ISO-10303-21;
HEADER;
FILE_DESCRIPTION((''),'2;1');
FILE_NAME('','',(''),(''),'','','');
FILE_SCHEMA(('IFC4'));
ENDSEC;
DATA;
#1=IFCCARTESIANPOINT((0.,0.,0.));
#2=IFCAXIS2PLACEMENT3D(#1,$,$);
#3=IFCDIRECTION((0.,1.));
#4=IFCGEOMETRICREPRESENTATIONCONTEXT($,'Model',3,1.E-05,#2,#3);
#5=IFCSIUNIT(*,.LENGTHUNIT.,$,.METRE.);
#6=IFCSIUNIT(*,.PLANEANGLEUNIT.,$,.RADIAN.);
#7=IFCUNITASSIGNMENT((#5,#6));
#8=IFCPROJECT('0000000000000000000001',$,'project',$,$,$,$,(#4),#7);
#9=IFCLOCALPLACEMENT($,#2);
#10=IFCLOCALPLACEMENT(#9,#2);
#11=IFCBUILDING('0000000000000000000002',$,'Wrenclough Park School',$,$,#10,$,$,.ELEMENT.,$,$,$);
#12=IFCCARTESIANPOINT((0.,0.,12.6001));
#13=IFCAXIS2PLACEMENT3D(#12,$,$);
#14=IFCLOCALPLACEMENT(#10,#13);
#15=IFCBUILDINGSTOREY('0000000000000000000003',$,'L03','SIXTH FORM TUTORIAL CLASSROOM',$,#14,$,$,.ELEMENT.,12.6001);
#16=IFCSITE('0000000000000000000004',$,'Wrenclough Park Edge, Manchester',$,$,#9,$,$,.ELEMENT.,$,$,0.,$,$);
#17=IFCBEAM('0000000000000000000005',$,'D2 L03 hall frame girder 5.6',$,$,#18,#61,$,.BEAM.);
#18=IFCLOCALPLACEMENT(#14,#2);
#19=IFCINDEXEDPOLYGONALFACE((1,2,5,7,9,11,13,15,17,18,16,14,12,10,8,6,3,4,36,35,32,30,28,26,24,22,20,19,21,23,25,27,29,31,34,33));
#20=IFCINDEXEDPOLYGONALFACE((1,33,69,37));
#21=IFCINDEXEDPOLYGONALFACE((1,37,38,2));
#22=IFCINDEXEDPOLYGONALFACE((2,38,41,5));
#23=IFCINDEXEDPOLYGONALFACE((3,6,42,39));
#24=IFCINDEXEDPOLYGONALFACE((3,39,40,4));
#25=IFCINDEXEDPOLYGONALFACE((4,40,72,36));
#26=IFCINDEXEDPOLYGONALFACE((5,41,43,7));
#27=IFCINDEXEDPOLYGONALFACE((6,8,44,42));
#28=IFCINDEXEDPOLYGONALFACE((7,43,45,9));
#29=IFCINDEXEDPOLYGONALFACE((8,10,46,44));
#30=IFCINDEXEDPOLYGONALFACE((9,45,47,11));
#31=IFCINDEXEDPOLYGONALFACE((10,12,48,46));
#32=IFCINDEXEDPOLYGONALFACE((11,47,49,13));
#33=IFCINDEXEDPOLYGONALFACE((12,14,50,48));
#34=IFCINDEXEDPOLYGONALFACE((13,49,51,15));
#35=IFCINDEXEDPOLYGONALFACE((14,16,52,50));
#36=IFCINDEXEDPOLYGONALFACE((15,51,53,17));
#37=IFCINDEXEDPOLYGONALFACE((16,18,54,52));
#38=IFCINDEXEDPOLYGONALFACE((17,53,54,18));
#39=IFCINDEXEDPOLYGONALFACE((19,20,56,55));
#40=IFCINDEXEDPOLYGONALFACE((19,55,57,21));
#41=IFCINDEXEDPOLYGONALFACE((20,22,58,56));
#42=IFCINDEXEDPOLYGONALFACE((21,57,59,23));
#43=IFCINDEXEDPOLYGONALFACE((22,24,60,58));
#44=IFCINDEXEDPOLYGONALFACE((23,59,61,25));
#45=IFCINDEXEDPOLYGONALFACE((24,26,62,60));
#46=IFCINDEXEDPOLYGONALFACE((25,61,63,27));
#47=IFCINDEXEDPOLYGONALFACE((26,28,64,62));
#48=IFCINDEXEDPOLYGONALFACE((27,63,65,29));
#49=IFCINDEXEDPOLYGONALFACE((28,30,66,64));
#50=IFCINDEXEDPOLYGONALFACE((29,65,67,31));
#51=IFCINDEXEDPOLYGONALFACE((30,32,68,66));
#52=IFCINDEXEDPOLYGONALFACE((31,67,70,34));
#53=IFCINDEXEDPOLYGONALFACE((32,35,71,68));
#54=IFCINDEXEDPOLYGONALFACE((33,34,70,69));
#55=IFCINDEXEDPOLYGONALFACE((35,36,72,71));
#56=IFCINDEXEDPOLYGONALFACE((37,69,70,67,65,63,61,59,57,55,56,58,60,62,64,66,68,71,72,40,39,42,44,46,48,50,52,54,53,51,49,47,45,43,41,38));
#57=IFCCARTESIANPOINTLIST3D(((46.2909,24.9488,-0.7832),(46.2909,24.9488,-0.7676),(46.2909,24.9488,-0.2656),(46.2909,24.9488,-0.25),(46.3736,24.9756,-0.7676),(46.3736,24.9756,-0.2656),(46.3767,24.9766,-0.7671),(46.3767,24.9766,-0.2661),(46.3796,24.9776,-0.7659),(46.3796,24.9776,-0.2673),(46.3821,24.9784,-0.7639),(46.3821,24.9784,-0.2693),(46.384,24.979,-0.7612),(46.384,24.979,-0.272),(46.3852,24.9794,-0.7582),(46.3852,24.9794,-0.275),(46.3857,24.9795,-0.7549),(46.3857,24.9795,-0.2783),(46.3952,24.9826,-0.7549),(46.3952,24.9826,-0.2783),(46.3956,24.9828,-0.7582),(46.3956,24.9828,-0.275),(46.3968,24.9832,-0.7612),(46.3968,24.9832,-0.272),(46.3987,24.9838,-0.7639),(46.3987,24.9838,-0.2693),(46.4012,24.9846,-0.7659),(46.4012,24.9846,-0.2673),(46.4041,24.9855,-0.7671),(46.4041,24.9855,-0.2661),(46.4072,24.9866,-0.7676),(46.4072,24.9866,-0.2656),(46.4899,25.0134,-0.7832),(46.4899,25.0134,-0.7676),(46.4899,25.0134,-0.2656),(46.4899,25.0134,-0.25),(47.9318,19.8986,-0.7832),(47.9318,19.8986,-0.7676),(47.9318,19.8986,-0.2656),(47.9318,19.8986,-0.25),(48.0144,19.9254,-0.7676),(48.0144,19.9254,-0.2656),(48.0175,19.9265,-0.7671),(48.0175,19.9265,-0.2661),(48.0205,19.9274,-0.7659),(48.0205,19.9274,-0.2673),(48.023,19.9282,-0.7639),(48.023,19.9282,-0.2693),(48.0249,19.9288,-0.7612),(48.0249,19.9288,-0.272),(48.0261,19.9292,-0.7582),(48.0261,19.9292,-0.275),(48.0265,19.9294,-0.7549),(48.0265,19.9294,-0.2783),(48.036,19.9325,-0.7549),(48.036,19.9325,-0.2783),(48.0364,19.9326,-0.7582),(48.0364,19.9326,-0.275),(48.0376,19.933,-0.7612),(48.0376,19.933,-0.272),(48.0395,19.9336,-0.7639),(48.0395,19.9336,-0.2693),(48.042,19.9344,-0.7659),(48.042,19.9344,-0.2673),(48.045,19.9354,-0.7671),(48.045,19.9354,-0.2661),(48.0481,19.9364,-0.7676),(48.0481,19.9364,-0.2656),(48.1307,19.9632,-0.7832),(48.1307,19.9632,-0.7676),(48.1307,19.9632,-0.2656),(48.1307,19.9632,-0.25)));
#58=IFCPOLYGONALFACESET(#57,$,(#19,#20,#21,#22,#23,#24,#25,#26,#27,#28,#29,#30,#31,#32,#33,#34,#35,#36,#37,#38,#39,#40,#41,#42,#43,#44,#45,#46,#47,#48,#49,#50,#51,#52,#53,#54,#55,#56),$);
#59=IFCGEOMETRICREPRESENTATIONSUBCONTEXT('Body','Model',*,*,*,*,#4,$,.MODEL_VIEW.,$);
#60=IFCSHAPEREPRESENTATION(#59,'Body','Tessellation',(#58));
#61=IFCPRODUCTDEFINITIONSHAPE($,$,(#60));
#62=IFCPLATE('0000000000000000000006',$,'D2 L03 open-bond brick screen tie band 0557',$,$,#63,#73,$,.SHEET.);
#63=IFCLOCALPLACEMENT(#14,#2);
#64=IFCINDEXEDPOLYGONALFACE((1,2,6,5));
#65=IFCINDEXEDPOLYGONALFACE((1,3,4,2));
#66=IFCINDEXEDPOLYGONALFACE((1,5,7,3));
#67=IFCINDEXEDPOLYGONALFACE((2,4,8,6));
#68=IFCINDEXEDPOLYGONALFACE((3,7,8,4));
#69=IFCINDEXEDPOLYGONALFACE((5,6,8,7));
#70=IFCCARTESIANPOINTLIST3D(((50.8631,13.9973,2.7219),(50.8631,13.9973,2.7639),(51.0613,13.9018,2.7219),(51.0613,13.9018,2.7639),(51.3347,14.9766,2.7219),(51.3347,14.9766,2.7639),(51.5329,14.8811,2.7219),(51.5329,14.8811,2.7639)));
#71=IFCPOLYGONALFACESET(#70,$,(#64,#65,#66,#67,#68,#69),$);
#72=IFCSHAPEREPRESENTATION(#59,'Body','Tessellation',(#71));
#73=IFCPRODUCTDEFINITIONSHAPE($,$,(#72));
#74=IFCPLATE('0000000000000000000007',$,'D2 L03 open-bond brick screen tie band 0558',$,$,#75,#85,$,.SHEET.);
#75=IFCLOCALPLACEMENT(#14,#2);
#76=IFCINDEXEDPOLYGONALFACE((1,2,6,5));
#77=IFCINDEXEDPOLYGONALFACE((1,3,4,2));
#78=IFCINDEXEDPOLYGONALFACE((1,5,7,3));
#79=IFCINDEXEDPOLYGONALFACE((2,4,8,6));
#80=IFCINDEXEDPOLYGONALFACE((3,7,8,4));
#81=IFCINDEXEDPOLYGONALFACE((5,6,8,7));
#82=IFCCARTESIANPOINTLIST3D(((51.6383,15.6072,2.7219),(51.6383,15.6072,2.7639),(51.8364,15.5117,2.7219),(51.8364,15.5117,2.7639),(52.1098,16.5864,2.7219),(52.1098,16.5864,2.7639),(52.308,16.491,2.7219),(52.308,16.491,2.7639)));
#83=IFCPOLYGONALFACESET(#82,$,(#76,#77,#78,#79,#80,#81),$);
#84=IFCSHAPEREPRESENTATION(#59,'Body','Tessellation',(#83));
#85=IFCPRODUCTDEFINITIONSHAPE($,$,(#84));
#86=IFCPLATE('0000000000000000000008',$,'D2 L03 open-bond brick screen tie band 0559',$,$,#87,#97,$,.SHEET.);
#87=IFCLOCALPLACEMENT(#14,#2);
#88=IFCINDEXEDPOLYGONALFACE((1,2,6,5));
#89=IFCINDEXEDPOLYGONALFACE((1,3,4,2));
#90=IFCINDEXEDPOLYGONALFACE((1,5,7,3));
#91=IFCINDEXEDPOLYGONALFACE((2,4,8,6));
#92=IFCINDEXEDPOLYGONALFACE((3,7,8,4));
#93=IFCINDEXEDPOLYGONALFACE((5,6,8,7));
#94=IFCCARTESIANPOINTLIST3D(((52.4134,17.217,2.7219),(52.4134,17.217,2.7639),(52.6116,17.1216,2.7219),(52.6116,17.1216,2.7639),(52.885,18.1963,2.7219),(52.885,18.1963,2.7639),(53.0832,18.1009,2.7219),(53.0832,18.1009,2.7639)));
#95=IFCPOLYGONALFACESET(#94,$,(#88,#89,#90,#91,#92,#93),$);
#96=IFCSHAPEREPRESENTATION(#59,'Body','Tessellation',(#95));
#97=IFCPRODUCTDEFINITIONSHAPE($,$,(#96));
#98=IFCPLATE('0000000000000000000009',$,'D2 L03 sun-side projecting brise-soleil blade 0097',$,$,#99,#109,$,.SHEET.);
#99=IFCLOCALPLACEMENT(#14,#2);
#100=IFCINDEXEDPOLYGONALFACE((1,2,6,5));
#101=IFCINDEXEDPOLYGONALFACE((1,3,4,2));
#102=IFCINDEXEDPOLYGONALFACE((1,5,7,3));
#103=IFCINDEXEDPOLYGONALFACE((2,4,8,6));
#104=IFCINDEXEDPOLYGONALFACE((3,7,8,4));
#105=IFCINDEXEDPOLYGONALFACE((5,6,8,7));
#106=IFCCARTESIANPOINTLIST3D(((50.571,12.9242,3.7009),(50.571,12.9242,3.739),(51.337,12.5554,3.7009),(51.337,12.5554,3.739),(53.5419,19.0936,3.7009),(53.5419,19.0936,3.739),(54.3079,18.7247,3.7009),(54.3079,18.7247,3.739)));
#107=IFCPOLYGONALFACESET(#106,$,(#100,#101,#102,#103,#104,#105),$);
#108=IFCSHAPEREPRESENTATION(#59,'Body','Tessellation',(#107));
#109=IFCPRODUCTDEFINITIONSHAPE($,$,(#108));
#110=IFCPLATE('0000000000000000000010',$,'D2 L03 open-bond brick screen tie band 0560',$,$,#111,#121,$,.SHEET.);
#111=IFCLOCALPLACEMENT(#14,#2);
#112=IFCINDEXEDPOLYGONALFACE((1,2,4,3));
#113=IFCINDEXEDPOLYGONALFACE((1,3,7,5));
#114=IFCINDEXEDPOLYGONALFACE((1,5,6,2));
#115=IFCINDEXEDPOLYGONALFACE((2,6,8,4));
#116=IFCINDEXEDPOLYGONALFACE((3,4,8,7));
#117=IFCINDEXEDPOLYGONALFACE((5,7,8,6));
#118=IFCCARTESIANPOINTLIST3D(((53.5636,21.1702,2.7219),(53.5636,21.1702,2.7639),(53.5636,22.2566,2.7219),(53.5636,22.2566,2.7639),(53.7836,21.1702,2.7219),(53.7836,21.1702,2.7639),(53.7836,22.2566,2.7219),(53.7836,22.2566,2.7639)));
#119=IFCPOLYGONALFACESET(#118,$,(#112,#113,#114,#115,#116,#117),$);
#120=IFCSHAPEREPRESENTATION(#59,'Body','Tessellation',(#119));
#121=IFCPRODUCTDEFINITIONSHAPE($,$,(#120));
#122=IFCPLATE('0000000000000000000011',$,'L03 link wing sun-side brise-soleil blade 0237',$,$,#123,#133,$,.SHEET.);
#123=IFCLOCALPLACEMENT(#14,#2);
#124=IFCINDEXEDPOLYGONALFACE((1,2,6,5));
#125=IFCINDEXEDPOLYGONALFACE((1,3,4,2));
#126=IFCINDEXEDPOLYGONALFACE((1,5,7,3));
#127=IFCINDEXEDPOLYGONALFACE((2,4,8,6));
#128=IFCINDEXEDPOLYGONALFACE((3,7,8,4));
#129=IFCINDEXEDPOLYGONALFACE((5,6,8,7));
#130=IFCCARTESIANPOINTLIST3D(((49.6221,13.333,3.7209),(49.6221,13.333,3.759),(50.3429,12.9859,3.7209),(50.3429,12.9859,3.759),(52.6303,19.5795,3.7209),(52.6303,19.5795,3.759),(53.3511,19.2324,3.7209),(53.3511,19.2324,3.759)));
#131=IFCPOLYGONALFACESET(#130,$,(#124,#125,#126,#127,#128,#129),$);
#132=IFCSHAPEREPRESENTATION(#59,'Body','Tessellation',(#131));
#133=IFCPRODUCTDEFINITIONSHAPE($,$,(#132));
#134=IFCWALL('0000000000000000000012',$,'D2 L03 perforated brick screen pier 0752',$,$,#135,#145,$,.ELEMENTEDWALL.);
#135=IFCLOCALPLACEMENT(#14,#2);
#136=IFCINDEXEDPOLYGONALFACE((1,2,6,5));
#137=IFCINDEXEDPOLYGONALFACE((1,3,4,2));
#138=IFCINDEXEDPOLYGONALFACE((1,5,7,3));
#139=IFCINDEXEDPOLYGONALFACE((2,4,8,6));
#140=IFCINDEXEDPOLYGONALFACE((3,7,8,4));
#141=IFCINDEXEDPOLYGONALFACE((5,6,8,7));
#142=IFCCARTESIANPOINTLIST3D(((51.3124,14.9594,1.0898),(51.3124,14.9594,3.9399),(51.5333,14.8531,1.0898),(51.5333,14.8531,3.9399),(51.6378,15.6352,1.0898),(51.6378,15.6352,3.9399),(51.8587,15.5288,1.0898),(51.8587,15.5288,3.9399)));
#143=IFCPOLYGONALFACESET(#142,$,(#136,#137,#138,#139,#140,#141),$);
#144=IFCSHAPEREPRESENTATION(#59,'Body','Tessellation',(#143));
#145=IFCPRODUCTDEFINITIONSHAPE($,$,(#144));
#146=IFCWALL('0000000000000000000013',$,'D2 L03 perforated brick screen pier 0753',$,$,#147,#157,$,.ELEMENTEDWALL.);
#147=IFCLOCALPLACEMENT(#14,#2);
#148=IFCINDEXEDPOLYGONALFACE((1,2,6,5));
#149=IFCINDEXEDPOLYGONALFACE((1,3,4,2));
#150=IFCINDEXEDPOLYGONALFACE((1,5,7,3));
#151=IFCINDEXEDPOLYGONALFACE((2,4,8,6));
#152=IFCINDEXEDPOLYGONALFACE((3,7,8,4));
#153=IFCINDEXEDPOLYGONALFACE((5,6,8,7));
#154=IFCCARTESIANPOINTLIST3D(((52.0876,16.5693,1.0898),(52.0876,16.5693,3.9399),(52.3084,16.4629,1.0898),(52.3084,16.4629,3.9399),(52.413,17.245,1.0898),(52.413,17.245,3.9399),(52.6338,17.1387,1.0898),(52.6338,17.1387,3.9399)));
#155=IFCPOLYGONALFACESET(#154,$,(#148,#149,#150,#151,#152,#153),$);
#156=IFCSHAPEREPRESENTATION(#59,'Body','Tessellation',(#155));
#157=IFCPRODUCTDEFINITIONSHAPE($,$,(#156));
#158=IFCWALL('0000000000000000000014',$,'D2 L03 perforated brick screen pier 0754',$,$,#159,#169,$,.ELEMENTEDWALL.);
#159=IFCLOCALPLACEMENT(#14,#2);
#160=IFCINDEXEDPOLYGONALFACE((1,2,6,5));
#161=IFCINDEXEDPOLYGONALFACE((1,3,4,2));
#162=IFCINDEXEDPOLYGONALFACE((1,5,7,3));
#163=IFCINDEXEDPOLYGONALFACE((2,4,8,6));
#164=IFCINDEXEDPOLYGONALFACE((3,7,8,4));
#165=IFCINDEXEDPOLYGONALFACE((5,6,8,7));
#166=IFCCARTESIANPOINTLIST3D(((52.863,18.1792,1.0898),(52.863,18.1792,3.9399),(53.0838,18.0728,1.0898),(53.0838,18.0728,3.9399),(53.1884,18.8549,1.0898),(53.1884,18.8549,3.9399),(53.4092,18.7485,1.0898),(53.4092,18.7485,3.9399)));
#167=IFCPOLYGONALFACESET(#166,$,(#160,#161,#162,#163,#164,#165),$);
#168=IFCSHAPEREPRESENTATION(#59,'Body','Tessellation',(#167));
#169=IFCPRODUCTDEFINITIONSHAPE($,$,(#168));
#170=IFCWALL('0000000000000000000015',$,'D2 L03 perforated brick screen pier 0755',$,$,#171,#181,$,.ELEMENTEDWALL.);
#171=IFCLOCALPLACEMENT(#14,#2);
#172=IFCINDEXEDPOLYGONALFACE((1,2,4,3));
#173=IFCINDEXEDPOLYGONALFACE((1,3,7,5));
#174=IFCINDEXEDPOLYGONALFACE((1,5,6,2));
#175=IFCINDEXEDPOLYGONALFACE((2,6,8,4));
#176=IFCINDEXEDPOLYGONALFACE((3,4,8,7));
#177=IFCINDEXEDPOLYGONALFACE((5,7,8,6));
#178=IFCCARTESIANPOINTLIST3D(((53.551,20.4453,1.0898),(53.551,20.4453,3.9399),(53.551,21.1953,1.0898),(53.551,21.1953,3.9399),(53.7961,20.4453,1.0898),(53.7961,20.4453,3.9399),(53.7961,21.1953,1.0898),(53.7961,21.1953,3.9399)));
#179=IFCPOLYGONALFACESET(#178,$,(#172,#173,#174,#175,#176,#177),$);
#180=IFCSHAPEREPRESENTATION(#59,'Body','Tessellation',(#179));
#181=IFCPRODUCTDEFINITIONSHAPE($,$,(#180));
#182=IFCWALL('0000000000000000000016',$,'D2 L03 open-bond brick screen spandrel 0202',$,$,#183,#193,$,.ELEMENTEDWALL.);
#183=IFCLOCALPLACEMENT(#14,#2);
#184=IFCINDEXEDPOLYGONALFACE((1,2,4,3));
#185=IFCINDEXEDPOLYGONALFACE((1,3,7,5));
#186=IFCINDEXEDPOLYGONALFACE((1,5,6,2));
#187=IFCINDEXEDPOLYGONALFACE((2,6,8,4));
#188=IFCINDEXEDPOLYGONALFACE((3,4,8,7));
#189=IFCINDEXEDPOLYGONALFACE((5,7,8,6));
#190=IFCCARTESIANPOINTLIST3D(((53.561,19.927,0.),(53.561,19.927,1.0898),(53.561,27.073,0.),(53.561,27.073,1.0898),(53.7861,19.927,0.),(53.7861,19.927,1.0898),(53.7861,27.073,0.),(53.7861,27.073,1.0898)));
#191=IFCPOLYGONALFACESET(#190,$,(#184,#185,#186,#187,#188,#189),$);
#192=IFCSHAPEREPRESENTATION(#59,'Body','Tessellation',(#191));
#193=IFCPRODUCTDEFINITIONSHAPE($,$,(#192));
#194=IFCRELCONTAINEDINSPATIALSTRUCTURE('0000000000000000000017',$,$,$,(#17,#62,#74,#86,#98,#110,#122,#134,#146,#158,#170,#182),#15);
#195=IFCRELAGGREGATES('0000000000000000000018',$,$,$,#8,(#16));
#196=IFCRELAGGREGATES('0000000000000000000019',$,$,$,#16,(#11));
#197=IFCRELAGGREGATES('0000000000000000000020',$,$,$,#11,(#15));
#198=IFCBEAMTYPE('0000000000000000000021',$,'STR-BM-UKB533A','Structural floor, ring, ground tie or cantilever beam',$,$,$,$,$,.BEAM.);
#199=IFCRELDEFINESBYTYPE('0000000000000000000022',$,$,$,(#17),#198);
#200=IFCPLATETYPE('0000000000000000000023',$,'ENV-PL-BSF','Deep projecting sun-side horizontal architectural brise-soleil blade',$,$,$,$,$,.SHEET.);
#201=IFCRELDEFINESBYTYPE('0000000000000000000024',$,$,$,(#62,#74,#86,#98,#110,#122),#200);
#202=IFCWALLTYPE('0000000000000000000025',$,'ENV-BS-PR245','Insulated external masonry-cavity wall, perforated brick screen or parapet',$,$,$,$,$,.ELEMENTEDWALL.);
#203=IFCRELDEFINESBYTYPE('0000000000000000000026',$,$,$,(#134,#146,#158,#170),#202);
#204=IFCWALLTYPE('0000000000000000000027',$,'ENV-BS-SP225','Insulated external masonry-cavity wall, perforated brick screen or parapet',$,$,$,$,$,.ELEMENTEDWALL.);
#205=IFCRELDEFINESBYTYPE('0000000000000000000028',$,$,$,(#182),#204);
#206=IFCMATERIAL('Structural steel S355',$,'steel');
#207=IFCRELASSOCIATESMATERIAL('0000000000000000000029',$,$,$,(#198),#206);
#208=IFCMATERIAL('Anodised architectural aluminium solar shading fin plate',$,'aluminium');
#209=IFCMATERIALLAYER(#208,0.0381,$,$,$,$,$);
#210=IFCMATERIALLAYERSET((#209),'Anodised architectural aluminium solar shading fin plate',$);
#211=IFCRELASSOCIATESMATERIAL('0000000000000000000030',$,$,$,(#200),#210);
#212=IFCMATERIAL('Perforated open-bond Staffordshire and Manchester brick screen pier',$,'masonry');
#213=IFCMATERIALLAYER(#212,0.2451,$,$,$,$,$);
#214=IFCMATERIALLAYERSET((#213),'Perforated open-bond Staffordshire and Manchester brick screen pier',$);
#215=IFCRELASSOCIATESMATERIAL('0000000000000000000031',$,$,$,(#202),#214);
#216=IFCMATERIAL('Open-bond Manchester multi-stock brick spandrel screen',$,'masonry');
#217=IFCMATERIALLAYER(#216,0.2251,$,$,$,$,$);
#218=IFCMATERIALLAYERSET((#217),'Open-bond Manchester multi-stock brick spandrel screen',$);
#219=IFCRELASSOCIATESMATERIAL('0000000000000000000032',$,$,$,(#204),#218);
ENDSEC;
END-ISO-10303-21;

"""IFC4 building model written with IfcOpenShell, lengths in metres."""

from ifc_helpers import new_model, si_unit, direction, frame, frame_2d, origin, origin_2d, place, context, subcontext, project, spatial, rectangle, i_section, extrude, material, layer, layer_set, material_profile, profile_set, type_object, element, save


model = new_model("IFC4")

# Units and contexts
model_context = context("Model", 3, precision=1e-05, world=origin(), true_north=direction((0.0, 1.0)))
body_context = subcontext(model_context, "Body", "Model", "MODEL_VIEW")
ifc_project = project(units=[si_unit("LENGTHUNIT", "METRE"), si_unit("PLANEANGLEUNIT", "RADIAN")], contexts=[model_context])

# Site, building, storey
site_placement = place(None, origin())
site = spatial("IfcSite", under=ifc_project, at=site_placement, Name="Wrenclough Park Edge, Manchester", CompositionType="ELEMENT", RefElevation=0.0)
building_placement = place(site_placement, origin())
building = spatial("IfcBuilding", under=site, at=building_placement, Name="Wrenclough Park School", CompositionType="ELEMENT")
storey_placement = place(building_placement, frame((0.0, 0.0, 12.6001)))
storey = spatial("IfcBuildingStorey", under=building, at=storey_placement, Name="L03", Description="SIXTH FORM TUTORIAL CLASSROOM", CompositionType="ELEMENT", Elevation=12.6001)

# Shared definitions
ifc_material_1 = material(Name="Structural steel S355", Category="steel")

# Beam
ifc_material_profile_1 = material_profile(ifc_material_1, i_section(OverallWidth=0.2092, OverallDepth=0.5332, WebThickness=0.01, FlangeThickness=0.0156, FilletRadius=0.0127, at=origin_2d()), Name="UKB 533x210x92")
ifc_profile_set_1 = profile_set([ifc_material_profile_1], Name="Structural steel S355")
beam_type_1 = type_object("IfcBeamType", Name="STR-BM-UKB533A", Description="Structural floor, ring, ground tie or cantilever beam", PredefinedType="BEAM", material=ifc_profile_set_1)
beam_1_placement = place(storey_placement, frame((48.0312, 19.9309, -0.5166), z_axis=(-0.309005, 0.95106, 0.0), x_axis=(-0.95106, -0.309005, 0.0)))
element("IfcBeam", 1, at=beam_1_placement, inside=storey, type_object=beam_type_1, Name="D2 L03 hall frame girder 5.6", PredefinedType="BEAM", context=body_context, shape_type="SweptSolid", body=[
    extrude(i_section(OverallWidth=0.2092, OverallDepth=0.5332, WebThickness=0.01, FlangeThickness=0.0156, FilletRadius=0.0127, at=origin_2d()), origin(), (0.0, 0.0, 1.0), 5.3101),
])

# Plates
ifc_material_2 = material(Name="Anodised architectural aluminium solar shading fin plate", Category="aluminium")
ifc_layer_1 = layer(ifc_material_2, 0.0381)
ifc_layer_set_1 = layer_set([ifc_layer_1], Name="Anodised architectural aluminium solar shading fin plate")
plate_type = type_object("IfcPlateType", Name="ENV-PL-BSF", Description="Deep projecting sun-side horizontal architectural brise-soleil blade", PredefinedType="SHEET", material=ifc_layer_set_1)
for number, where, z_axis, x_axis, name in (
    (2, (51.198, 14.4392, 2.7219), (0.0, 0.0, 1.0), (0.433872, 0.900974, 0.0), "D2 L03 open-bond brick screen tie band 0557"),
    (3, (51.9731, 16.0491, 2.7219), (0.0, 0.0, 1.0), (0.433872, 0.900974, 0.0), "D2 L03 open-bond brick screen tie band 0558"),
    (4, (52.7483, 17.6589, 2.7219), (0.0, 0.0, 1.0), (0.433872, 0.900974, 0.0), "D2 L03 open-bond brick screen tie band 0559"),
):
    element("IfcPlate", number, at=place(storey_placement, frame(where, z_axis=z_axis, x_axis=x_axis)), inside=storey, type_object=plate_type, Name=name, PredefinedType="SHEET", context=body_context, shape_type="SweptSolid", body=[
        extrude(rectangle(XDim=1.0869, YDim=0.22, at=origin_2d()), origin(), (0.0, 0.0, 1.0), 0.042),
    ])
plate_1_placement = place(storey_placement, frame((52.4395, 15.8245, 3.7009), z_axis=(0.0, 0.0, 1.0), x_axis=(0.433872, 0.900974, 0.0)))
element("IfcPlate", 5, at=plate_1_placement, inside=storey, type_object=plate_type, Name="D2 L03 sun-side projecting brise-soleil blade 0097", PredefinedType="SHEET", context=body_context, shape_type="SweptSolid", body=[
    extrude(rectangle(XDim=6.8474, YDim=0.8501, at=origin_2d()), origin(), (0.0, 0.0, 1.0), 0.0381),
])
plate_2_placement = place(storey_placement, frame((53.6736, 21.7134, 2.7219), z_axis=(0.0, 0.0, 1.0), x_axis=(0.0, 1.0, 0.0)))
element("IfcPlate", 6, at=plate_2_placement, inside=storey, type_object=plate_type, Name="D2 L03 open-bond brick screen tie band 0560", PredefinedType="SHEET", context=body_context, shape_type="SweptSolid", body=[
    extrude(rectangle(XDim=1.0864, YDim=0.22, at=origin_2d()), origin(), (0.0, 0.0, 1.0), 0.042),
])
plate_3_placement = place(storey_placement, frame((51.4866, 16.2827, 3.7209), z_axis=(0.0, 0.0, 1.0), x_axis=(-0.433887, -0.900967, 0.0)))
element("IfcPlate", 7, at=plate_3_placement, inside=storey, type_object=plate_type, Name="L03 link wing sun-side brise-soleil blade 0237", PredefinedType="SHEET", context=body_context, shape_type="SweptSolid", body=[
    extrude(rectangle(XDim=6.9331, YDim=0.8, at=origin_2d()), origin(), (0.0, 0.0, 1.0), 0.0381),
])

# Walls
ifc_material_3 = material(Name="Perforated open-bond Staffordshire and Manchester brick screen pier", Category="masonry")
ifc_layer_2 = layer(ifc_material_3, 0.2451)
ifc_layer_set_2 = layer_set([ifc_layer_2], Name="Perforated open-bond Staffordshire and Manchester brick screen pier")
wall_type_1 = type_object("IfcWallType", Name="ENV-BS-PR245", Description="Insulated external masonry-cavity wall, perforated brick screen or parapet", PredefinedType="ELEMENTEDWALL", material=ifc_layer_set_2)
for number, where, z_axis, x_axis, name in (
    (8, (51.4229, 14.9062, 1.0898), (0.0, 0.0, 1.0), (0.433884, 0.900969, 0.0), "D2 L03 perforated brick screen pier 0752"),
    (9, (52.198, 16.5161, 1.0898), (0.0, 0.0, 1.0), (0.433884, 0.900969, 0.0), "D2 L03 perforated brick screen pier 0753"),
    (10, (52.9734, 18.126, 1.0898), (0.0, 0.0, 1.0), (0.433884, 0.900969, 0.0), "D2 L03 perforated brick screen pier 0754"),
    (11, (53.6736, 20.4453, 1.0898), (0.0, 0.0, 1.0), (0.0, 1.0, 0.0), "D2 L03 perforated brick screen pier 0755"),
):
    element("IfcWall", number, at=place(storey_placement, frame(where, z_axis=z_axis, x_axis=x_axis)), inside=storey, type_object=wall_type_1, Name=name, PredefinedType="ELEMENTEDWALL", context=body_context, shape_type="SweptSolid", body=[
        extrude(rectangle(XDim=0.75, YDim=0.2451, at=frame_2d((0.375, 0.0))), origin(), (0.0, 0.0, 1.0), 2.8501),
    ])
ifc_material_4 = material(Name="Open-bond Manchester multi-stock brick spandrel screen", Category="masonry")
ifc_layer_3 = layer(ifc_material_4, 0.2251)
ifc_layer_set_3 = layer_set([ifc_layer_3], Name="Open-bond Manchester multi-stock brick spandrel screen")
wall_type_2 = type_object("IfcWallType", Name="ENV-BS-SP225", Description="Insulated external masonry-cavity wall, perforated brick screen or parapet", PredefinedType="ELEMENTEDWALL", material=ifc_layer_set_3)
wall_1_placement = place(storey_placement, frame((53.6736, 19.927, 0.0), z_axis=(0.0, 0.0, 1.0), x_axis=(0.0, 1.0, 0.0)))
element("IfcWall", 12, at=wall_1_placement, inside=storey, type_object=wall_type_2, Name="D2 L03 open-bond brick screen spandrel 0202", PredefinedType="ELEMENTEDWALL", context=body_context, shape_type="SweptSolid", body=[
    extrude(rectangle(XDim=7.146, YDim=0.2251, at=frame_2d((3.573, 0.0))), origin(), (0.0, 0.0, 1.0), 1.0898),
])

save(model, "model.ifc")
